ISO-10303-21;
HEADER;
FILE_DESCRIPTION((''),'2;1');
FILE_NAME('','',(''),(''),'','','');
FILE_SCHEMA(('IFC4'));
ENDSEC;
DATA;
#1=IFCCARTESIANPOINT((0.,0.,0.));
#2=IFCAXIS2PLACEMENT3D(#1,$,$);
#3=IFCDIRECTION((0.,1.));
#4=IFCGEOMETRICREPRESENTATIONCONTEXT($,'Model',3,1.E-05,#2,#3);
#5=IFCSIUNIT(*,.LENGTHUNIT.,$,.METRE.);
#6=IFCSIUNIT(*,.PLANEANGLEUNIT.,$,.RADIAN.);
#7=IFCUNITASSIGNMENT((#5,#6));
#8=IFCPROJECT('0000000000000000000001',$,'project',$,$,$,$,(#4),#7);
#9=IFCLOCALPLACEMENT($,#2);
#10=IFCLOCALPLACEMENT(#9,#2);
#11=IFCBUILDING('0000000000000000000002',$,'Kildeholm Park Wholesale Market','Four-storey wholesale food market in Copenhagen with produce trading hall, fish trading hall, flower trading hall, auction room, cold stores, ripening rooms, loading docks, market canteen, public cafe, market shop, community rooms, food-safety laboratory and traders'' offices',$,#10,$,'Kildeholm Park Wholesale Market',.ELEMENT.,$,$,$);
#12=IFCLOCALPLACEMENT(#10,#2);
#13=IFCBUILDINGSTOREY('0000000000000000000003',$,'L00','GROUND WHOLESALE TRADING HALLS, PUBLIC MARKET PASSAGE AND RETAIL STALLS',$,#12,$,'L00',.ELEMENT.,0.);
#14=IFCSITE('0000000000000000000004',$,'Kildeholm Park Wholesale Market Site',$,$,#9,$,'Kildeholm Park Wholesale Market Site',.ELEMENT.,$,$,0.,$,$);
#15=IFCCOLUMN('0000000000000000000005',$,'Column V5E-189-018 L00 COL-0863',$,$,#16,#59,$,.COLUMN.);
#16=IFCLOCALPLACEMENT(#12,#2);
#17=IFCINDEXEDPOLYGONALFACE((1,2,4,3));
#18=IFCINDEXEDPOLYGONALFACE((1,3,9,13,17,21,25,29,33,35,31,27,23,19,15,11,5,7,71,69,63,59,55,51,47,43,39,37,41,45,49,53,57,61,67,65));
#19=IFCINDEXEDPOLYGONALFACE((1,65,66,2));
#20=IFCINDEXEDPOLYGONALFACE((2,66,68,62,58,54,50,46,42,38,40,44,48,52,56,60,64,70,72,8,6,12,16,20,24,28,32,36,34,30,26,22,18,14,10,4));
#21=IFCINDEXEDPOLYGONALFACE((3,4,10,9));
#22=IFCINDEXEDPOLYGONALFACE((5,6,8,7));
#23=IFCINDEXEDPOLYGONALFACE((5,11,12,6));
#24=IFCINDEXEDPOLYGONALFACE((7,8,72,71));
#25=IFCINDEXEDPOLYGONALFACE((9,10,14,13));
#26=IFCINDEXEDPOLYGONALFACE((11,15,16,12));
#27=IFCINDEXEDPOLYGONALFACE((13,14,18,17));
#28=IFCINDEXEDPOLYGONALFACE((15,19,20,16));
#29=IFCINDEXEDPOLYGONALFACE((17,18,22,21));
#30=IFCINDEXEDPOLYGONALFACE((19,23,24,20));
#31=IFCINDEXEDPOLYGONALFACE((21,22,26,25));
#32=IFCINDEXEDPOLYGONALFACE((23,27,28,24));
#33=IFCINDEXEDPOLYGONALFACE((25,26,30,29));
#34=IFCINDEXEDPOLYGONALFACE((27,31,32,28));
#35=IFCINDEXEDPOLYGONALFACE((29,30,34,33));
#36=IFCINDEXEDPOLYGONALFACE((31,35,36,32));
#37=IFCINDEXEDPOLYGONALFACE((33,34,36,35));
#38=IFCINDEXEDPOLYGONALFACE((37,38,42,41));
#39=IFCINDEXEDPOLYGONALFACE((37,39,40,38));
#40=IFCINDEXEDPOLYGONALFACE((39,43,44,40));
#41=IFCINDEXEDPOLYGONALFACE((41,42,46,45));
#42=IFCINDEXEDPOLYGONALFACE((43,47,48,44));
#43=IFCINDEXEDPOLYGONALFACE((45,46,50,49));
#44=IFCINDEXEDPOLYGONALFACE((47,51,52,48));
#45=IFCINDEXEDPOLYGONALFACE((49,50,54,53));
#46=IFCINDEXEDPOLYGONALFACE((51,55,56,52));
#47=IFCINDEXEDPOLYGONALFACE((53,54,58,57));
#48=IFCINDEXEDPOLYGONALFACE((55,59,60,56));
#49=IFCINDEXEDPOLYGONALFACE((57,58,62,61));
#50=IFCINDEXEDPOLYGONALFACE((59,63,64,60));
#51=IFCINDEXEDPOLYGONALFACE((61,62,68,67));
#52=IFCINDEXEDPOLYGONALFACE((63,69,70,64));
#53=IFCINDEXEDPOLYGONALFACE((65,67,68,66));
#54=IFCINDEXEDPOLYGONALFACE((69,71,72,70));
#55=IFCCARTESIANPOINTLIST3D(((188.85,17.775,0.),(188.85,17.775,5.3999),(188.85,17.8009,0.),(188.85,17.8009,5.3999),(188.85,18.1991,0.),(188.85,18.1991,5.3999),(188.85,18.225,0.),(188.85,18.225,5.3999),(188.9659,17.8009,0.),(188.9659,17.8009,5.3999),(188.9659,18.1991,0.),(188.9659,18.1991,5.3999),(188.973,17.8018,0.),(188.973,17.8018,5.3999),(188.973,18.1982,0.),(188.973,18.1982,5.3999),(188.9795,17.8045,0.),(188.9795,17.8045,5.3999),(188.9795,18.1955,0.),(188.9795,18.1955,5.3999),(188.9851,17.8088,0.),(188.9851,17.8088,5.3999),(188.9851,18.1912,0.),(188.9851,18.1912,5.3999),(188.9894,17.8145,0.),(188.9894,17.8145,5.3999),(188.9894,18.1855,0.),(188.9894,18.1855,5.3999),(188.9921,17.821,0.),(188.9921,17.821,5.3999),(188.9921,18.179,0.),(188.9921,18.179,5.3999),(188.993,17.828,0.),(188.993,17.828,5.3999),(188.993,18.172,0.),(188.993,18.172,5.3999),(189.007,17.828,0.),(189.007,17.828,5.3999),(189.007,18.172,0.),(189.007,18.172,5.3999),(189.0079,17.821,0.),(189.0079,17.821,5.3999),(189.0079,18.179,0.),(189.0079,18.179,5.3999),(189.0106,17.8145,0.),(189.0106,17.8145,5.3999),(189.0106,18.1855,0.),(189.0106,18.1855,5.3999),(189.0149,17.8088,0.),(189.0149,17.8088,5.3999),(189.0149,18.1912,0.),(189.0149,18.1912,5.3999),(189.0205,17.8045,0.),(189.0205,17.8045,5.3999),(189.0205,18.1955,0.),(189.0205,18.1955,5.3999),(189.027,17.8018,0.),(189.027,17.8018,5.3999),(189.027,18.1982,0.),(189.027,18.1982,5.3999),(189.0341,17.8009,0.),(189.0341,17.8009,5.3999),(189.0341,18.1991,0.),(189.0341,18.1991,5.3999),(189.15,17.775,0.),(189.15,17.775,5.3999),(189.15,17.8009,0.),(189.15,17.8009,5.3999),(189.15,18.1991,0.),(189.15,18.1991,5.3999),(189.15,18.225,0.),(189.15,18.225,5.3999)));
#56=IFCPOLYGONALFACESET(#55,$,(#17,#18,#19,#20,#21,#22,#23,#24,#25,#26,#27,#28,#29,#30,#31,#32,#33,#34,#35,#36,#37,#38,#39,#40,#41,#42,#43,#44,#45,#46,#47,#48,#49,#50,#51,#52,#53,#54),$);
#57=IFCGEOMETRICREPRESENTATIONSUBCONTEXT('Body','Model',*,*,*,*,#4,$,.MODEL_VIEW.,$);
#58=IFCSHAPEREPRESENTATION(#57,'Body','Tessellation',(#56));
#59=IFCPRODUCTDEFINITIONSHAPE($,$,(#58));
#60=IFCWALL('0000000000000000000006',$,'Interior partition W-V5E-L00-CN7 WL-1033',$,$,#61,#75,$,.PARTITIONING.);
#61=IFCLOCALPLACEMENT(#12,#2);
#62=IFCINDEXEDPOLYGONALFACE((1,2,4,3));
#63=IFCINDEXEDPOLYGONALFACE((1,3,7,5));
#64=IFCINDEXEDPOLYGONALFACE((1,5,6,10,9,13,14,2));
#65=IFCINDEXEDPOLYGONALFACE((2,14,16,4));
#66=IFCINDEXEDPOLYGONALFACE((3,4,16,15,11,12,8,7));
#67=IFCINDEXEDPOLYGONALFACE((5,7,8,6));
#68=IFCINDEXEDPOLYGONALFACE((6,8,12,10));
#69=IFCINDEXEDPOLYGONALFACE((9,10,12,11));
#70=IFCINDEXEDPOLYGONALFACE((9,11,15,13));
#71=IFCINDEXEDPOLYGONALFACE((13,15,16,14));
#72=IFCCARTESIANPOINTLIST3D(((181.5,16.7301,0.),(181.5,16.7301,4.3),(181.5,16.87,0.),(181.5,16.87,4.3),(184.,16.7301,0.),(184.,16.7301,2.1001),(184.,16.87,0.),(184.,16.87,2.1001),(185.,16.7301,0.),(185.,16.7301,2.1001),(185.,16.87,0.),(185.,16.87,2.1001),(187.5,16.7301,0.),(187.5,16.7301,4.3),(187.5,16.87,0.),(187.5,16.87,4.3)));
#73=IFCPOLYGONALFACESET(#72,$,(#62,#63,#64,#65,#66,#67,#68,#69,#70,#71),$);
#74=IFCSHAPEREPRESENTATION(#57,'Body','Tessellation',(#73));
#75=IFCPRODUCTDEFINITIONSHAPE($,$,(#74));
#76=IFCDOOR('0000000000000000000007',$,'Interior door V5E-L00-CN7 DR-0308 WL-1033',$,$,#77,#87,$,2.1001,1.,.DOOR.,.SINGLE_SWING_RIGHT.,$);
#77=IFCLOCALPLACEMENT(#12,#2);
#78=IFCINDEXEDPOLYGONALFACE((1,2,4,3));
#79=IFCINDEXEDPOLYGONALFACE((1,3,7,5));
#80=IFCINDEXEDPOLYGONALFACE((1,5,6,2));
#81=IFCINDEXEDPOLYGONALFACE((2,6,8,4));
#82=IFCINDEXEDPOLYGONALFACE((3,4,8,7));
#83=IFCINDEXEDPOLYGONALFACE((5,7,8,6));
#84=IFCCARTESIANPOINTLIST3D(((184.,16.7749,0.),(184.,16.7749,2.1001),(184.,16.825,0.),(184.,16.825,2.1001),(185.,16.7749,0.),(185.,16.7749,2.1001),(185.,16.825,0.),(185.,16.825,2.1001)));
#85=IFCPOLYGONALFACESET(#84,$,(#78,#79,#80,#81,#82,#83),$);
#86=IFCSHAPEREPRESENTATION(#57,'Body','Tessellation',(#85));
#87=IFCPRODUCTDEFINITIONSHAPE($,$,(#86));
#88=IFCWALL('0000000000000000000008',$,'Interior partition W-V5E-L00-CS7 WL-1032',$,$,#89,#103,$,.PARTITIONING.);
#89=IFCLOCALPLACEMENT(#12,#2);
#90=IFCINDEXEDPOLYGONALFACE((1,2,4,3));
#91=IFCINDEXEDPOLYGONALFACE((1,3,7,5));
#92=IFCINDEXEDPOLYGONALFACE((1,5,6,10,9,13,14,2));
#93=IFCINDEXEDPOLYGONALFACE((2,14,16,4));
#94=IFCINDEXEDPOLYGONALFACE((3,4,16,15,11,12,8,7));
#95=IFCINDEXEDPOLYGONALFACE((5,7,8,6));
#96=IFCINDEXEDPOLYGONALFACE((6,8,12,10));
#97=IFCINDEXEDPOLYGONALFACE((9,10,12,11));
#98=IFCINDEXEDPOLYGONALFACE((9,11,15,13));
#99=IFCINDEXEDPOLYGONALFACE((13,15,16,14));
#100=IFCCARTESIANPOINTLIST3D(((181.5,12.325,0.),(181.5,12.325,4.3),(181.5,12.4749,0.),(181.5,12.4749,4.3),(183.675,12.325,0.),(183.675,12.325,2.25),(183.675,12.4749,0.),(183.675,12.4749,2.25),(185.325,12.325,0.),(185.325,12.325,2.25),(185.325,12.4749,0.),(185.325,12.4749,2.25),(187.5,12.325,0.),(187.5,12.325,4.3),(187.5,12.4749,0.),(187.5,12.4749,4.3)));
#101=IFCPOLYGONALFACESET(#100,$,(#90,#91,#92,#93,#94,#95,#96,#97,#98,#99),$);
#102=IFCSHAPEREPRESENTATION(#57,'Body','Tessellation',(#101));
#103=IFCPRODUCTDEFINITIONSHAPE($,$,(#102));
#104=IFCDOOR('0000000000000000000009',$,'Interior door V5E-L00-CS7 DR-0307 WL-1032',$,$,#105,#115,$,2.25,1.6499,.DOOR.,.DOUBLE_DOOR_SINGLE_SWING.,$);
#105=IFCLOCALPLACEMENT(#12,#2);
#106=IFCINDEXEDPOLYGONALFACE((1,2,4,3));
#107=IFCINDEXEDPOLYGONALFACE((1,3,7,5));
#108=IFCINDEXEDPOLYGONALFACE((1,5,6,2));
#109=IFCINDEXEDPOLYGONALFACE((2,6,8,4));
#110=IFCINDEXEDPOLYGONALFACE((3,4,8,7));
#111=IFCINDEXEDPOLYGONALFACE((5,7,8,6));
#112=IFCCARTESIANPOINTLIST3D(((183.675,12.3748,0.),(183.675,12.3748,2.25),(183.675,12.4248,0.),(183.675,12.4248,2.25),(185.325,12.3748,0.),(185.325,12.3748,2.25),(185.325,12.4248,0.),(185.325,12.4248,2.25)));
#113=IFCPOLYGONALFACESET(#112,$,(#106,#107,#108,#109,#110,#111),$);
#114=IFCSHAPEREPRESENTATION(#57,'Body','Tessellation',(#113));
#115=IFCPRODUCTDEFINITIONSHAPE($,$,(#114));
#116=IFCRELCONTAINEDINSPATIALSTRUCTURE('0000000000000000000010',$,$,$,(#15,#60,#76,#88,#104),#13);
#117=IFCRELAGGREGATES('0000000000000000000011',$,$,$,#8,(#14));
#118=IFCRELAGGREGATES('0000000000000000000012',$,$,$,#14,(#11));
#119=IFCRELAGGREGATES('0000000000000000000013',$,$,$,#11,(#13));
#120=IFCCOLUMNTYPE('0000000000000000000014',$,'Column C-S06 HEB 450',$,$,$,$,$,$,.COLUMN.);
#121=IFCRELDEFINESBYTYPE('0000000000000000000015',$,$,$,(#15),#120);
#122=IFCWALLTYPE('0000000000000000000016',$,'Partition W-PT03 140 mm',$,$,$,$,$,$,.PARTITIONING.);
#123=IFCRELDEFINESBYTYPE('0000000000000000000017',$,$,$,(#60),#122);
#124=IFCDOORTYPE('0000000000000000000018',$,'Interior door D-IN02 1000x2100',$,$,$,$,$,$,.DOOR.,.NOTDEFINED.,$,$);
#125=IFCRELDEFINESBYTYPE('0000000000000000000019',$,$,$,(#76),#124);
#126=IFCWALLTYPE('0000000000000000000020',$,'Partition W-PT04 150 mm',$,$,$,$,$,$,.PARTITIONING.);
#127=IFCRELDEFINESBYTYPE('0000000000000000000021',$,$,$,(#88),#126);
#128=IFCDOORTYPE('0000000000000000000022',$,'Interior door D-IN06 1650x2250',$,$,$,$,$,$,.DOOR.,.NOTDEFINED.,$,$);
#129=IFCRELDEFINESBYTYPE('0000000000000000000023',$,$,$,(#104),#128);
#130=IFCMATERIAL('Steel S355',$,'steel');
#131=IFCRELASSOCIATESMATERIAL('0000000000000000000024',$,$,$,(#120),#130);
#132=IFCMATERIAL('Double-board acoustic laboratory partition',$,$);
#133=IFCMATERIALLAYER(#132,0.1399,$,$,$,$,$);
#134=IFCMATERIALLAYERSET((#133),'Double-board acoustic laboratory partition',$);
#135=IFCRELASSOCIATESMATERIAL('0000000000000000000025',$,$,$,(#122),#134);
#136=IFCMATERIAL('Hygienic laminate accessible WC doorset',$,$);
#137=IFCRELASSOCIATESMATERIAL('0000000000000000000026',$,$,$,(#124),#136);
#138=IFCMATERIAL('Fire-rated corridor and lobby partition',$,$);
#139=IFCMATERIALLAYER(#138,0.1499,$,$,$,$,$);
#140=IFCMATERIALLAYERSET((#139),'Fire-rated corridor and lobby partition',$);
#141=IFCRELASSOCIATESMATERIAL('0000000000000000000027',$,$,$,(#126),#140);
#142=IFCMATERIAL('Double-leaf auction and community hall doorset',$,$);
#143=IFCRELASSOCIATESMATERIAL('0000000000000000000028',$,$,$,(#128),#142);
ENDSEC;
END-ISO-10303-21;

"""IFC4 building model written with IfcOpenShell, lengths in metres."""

from ifc_helpers import new_model, si_unit, direction, frame, frame_2d, origin, origin_2d, place, context, subcontext, project, spatial, rectangle, i_section, extrude, material, layer, layer_set, material_profile, profile_set, type_object, element, fill, save


model = new_model("IFC4")

# Units and contexts
model_context = context("Model", 3, precision=1e-05, world=origin(), true_north=direction((0.0, 1.0)))
body_context = subcontext(model_context, "Body", "Model", "MODEL_VIEW")
ifc_project = project(units=[si_unit("LENGTHUNIT", "METRE"), si_unit("PLANEANGLEUNIT", "RADIAN")], contexts=[model_context])

# Site, building, storey
site_placement = place(None, origin())
site = spatial("IfcSite", under=ifc_project, at=site_placement, Name="Kildeholm Park Wholesale Market Site", LongName="Kildeholm Park Wholesale Market Site", CompositionType="ELEMENT", RefElevation=0.0)
building_placement = place(site_placement, origin())
building = spatial("IfcBuilding", under=site, at=building_placement, Name="Kildeholm Park Wholesale Market", Description="Four-storey wholesale food market in Copenhagen with produce trading hall, fish trading hall, flower trading hall, auction room, cold stores, ripening rooms, loading docks, market canteen, public cafe, market shop, community rooms, food-safety laboratory and traders' offices", LongName="Kildeholm Park Wholesale Market", CompositionType="ELEMENT")
storey_placement = place(building_placement, origin())
storey = spatial("IfcBuildingStorey", under=building, at=storey_placement, Name="L00", Description="GROUND WHOLESALE TRADING HALLS, PUBLIC MARKET PASSAGE AND RETAIL STALLS", LongName="L00", CompositionType="ELEMENT", Elevation=0.0)

# Column
ifc_material_1 = material(Name="Steel S355", Category="steel")
ifc_material_profile_1 = material_profile(ifc_material_1, i_section(OverallWidth=0.3, OverallDepth=0.45, WebThickness=0.0139, FlangeThickness=0.0259, FilletRadius=0.0271, at=origin_2d()), Name="HEB 450")
ifc_profile_set_1 = profile_set([ifc_material_profile_1], Name="Steel S355")
column_type = type_object("IfcColumnType", Name="Column C-S06 HEB 450", PredefinedType="COLUMN", material=ifc_profile_set_1)
column_placement = place(storey_placement, frame((189.0, 18.0, 0.0), z_axis=(0.0, 0.0, 1.0), x_axis=(1.0, 0.0, 0.0)))
element("IfcColumn", 1, at=column_placement, inside=storey, type_object=column_type, Name="Column V5E-189-018 L00 COL-0863", PredefinedType="COLUMN", context=body_context, shape_type="SweptSolid", body=[
    extrude(i_section(OverallWidth=0.3, OverallDepth=0.45, WebThickness=0.0139, FlangeThickness=0.0259, FilletRadius=0.0271, at=origin_2d()), origin(), (0.0, 0.0, 1.0), 5.3999),
])

# Walls, openings, doors
ifc_material_2 = material(Name="Double-board acoustic laboratory partition")
ifc_layer_1 = layer(ifc_material_2, 0.1399)
ifc_layer_set_1 = layer_set([ifc_layer_1], Name="Double-board acoustic laboratory partition")
wall_type_1 = type_object("IfcWallType", Name="Partition W-PT03 140 mm", PredefinedType="PARTITIONING", material=ifc_layer_set_1)
wall_1_placement = place(storey_placement, frame((181.5, 16.8, 0.0), z_axis=(0.0, 0.0, 1.0), x_axis=(1.0, 0.0, 0.0)))
wall_1 = element("IfcWall", 2, at=wall_1_placement, inside=storey, type_object=wall_type_1, Name="Interior partition W-V5E-L00-CN7 WL-1033", PredefinedType="PARTITIONING", context=body_context, shape_type="SweptSolid", body=[
    extrude(rectangle(XDim=6.0, YDim=0.1399, at=frame_2d((3.0, 0.0))), origin(), (0.0, 0.0, 1.0), 4.3),
])
opening_1_placement = place(wall_1_placement, frame((2.5, 0.0, 0.0)))
opening_1 = element("IfcOpeningElement", 3, at=opening_1_placement, cuts=wall_1, PredefinedType="OPENING", context=body_context, shape_type="SweptSolid", body=[
    extrude(rectangle(XDim=1.0, YDim=2.1001, at=frame_2d((0.5, 1.05))), frame((0.0, 0.0798, 0.0), z_axis=(0.0, -1.0, 0.0), x_axis=(1.0, 0.0, 0.0)), (0.0, 0.0, 1.0), 0.1599),
])
ifc_material_3 = material(Name="Hygienic laminate accessible WC doorset")
door_type_1 = type_object("IfcDoorType", Name="Interior door D-IN02 1000x2100", OperationType="NOTDEFINED", PredefinedType="DOOR", material=ifc_material_3)
door_1_placement = place(opening_1_placement, origin())
door_1 = element("IfcDoor", 4, at=door_1_placement, inside=storey, type_object=door_type_1, Name="Interior door V5E-L00-CN7 DR-0308 WL-1033", OperationType="SINGLE_SWING_RIGHT", OverallHeight=2.1001, OverallWidth=1.0, PredefinedType="DOOR", context=body_context, shape_type="SweptSolid", body=[
    extrude(rectangle(XDim=1.0, YDim=2.1001, at=frame_2d((0.5, 1.05))), frame((0.0, 0.0249, 0.0), z_axis=(0.0, -1.0, 0.0), x_axis=(1.0, 0.0, 0.0)), (0.0, 0.0, 1.0), 0.05),
])
fill(opening_1, door_1)
ifc_material_4 = material(Name="Fire-rated corridor and lobby partition")
ifc_layer_2 = layer(ifc_material_4, 0.1499)
ifc_layer_set_2 = layer_set([ifc_layer_2], Name="Fire-rated corridor and lobby partition")
wall_type_2 = type_object("IfcWallType", Name="Partition W-PT04 150 mm", PredefinedType="PARTITIONING", material=ifc_layer_set_2)
wall_2_placement = place(storey_placement, frame((181.5, 12.3999, 0.0), z_axis=(0.0, 0.0, 1.0), x_axis=(1.0, 0.0, 0.0)))
wall_2 = element("IfcWall", 5, at=wall_2_placement, inside=storey, type_object=wall_type_2, Name="Interior partition W-V5E-L00-CS7 WL-1032", PredefinedType="PARTITIONING", context=body_context, shape_type="SweptSolid", body=[
    extrude(rectangle(XDim=6.0, YDim=0.1499, at=frame_2d((3.0, 0.0))), origin(), (0.0, 0.0, 1.0), 4.3),
])
opening_2_placement = place(wall_2_placement, frame((2.175, 0.0, 0.0)))
opening_2 = element("IfcOpeningElement", 6, at=opening_2_placement, cuts=wall_2, PredefinedType="OPENING", context=body_context, shape_type="SweptSolid", body=[
    extrude(rectangle(XDim=1.6499, YDim=2.25, at=frame_2d((0.825, 1.125))), frame((0.0, 0.085, 0.0), z_axis=(0.0, -1.0, 0.0), x_axis=(1.0, 0.0, 0.0)), (0.0, 0.0, 1.0), 0.1699),
])
ifc_material_5 = material(Name="Double-leaf auction and community hall doorset")
door_type_2 = type_object("IfcDoorType", Name="Interior door D-IN06 1650x2250", OperationType="NOTDEFINED", PredefinedType="DOOR", material=ifc_material_5)
door_2_placement = place(opening_2_placement, origin())
door_2 = element("IfcDoor", 7, at=door_2_placement, inside=storey, type_object=door_type_2, Name="Interior door V5E-L00-CS7 DR-0307 WL-1032", OperationType="DOUBLE_DOOR_SINGLE_SWING", OverallHeight=2.25, OverallWidth=1.6499, PredefinedType="DOOR", context=body_context, shape_type="SweptSolid", body=[
    extrude(rectangle(XDim=1.6499, YDim=2.25, at=frame_2d((0.825, 1.125))), frame((0.0, 0.0249, 0.0), z_axis=(0.0, -1.0, 0.0), x_axis=(1.0, 0.0, 0.0)), (0.0, 0.0, 1.0), 0.05),
])
fill(opening_2, door_2)

save(model, "model.ifc")
